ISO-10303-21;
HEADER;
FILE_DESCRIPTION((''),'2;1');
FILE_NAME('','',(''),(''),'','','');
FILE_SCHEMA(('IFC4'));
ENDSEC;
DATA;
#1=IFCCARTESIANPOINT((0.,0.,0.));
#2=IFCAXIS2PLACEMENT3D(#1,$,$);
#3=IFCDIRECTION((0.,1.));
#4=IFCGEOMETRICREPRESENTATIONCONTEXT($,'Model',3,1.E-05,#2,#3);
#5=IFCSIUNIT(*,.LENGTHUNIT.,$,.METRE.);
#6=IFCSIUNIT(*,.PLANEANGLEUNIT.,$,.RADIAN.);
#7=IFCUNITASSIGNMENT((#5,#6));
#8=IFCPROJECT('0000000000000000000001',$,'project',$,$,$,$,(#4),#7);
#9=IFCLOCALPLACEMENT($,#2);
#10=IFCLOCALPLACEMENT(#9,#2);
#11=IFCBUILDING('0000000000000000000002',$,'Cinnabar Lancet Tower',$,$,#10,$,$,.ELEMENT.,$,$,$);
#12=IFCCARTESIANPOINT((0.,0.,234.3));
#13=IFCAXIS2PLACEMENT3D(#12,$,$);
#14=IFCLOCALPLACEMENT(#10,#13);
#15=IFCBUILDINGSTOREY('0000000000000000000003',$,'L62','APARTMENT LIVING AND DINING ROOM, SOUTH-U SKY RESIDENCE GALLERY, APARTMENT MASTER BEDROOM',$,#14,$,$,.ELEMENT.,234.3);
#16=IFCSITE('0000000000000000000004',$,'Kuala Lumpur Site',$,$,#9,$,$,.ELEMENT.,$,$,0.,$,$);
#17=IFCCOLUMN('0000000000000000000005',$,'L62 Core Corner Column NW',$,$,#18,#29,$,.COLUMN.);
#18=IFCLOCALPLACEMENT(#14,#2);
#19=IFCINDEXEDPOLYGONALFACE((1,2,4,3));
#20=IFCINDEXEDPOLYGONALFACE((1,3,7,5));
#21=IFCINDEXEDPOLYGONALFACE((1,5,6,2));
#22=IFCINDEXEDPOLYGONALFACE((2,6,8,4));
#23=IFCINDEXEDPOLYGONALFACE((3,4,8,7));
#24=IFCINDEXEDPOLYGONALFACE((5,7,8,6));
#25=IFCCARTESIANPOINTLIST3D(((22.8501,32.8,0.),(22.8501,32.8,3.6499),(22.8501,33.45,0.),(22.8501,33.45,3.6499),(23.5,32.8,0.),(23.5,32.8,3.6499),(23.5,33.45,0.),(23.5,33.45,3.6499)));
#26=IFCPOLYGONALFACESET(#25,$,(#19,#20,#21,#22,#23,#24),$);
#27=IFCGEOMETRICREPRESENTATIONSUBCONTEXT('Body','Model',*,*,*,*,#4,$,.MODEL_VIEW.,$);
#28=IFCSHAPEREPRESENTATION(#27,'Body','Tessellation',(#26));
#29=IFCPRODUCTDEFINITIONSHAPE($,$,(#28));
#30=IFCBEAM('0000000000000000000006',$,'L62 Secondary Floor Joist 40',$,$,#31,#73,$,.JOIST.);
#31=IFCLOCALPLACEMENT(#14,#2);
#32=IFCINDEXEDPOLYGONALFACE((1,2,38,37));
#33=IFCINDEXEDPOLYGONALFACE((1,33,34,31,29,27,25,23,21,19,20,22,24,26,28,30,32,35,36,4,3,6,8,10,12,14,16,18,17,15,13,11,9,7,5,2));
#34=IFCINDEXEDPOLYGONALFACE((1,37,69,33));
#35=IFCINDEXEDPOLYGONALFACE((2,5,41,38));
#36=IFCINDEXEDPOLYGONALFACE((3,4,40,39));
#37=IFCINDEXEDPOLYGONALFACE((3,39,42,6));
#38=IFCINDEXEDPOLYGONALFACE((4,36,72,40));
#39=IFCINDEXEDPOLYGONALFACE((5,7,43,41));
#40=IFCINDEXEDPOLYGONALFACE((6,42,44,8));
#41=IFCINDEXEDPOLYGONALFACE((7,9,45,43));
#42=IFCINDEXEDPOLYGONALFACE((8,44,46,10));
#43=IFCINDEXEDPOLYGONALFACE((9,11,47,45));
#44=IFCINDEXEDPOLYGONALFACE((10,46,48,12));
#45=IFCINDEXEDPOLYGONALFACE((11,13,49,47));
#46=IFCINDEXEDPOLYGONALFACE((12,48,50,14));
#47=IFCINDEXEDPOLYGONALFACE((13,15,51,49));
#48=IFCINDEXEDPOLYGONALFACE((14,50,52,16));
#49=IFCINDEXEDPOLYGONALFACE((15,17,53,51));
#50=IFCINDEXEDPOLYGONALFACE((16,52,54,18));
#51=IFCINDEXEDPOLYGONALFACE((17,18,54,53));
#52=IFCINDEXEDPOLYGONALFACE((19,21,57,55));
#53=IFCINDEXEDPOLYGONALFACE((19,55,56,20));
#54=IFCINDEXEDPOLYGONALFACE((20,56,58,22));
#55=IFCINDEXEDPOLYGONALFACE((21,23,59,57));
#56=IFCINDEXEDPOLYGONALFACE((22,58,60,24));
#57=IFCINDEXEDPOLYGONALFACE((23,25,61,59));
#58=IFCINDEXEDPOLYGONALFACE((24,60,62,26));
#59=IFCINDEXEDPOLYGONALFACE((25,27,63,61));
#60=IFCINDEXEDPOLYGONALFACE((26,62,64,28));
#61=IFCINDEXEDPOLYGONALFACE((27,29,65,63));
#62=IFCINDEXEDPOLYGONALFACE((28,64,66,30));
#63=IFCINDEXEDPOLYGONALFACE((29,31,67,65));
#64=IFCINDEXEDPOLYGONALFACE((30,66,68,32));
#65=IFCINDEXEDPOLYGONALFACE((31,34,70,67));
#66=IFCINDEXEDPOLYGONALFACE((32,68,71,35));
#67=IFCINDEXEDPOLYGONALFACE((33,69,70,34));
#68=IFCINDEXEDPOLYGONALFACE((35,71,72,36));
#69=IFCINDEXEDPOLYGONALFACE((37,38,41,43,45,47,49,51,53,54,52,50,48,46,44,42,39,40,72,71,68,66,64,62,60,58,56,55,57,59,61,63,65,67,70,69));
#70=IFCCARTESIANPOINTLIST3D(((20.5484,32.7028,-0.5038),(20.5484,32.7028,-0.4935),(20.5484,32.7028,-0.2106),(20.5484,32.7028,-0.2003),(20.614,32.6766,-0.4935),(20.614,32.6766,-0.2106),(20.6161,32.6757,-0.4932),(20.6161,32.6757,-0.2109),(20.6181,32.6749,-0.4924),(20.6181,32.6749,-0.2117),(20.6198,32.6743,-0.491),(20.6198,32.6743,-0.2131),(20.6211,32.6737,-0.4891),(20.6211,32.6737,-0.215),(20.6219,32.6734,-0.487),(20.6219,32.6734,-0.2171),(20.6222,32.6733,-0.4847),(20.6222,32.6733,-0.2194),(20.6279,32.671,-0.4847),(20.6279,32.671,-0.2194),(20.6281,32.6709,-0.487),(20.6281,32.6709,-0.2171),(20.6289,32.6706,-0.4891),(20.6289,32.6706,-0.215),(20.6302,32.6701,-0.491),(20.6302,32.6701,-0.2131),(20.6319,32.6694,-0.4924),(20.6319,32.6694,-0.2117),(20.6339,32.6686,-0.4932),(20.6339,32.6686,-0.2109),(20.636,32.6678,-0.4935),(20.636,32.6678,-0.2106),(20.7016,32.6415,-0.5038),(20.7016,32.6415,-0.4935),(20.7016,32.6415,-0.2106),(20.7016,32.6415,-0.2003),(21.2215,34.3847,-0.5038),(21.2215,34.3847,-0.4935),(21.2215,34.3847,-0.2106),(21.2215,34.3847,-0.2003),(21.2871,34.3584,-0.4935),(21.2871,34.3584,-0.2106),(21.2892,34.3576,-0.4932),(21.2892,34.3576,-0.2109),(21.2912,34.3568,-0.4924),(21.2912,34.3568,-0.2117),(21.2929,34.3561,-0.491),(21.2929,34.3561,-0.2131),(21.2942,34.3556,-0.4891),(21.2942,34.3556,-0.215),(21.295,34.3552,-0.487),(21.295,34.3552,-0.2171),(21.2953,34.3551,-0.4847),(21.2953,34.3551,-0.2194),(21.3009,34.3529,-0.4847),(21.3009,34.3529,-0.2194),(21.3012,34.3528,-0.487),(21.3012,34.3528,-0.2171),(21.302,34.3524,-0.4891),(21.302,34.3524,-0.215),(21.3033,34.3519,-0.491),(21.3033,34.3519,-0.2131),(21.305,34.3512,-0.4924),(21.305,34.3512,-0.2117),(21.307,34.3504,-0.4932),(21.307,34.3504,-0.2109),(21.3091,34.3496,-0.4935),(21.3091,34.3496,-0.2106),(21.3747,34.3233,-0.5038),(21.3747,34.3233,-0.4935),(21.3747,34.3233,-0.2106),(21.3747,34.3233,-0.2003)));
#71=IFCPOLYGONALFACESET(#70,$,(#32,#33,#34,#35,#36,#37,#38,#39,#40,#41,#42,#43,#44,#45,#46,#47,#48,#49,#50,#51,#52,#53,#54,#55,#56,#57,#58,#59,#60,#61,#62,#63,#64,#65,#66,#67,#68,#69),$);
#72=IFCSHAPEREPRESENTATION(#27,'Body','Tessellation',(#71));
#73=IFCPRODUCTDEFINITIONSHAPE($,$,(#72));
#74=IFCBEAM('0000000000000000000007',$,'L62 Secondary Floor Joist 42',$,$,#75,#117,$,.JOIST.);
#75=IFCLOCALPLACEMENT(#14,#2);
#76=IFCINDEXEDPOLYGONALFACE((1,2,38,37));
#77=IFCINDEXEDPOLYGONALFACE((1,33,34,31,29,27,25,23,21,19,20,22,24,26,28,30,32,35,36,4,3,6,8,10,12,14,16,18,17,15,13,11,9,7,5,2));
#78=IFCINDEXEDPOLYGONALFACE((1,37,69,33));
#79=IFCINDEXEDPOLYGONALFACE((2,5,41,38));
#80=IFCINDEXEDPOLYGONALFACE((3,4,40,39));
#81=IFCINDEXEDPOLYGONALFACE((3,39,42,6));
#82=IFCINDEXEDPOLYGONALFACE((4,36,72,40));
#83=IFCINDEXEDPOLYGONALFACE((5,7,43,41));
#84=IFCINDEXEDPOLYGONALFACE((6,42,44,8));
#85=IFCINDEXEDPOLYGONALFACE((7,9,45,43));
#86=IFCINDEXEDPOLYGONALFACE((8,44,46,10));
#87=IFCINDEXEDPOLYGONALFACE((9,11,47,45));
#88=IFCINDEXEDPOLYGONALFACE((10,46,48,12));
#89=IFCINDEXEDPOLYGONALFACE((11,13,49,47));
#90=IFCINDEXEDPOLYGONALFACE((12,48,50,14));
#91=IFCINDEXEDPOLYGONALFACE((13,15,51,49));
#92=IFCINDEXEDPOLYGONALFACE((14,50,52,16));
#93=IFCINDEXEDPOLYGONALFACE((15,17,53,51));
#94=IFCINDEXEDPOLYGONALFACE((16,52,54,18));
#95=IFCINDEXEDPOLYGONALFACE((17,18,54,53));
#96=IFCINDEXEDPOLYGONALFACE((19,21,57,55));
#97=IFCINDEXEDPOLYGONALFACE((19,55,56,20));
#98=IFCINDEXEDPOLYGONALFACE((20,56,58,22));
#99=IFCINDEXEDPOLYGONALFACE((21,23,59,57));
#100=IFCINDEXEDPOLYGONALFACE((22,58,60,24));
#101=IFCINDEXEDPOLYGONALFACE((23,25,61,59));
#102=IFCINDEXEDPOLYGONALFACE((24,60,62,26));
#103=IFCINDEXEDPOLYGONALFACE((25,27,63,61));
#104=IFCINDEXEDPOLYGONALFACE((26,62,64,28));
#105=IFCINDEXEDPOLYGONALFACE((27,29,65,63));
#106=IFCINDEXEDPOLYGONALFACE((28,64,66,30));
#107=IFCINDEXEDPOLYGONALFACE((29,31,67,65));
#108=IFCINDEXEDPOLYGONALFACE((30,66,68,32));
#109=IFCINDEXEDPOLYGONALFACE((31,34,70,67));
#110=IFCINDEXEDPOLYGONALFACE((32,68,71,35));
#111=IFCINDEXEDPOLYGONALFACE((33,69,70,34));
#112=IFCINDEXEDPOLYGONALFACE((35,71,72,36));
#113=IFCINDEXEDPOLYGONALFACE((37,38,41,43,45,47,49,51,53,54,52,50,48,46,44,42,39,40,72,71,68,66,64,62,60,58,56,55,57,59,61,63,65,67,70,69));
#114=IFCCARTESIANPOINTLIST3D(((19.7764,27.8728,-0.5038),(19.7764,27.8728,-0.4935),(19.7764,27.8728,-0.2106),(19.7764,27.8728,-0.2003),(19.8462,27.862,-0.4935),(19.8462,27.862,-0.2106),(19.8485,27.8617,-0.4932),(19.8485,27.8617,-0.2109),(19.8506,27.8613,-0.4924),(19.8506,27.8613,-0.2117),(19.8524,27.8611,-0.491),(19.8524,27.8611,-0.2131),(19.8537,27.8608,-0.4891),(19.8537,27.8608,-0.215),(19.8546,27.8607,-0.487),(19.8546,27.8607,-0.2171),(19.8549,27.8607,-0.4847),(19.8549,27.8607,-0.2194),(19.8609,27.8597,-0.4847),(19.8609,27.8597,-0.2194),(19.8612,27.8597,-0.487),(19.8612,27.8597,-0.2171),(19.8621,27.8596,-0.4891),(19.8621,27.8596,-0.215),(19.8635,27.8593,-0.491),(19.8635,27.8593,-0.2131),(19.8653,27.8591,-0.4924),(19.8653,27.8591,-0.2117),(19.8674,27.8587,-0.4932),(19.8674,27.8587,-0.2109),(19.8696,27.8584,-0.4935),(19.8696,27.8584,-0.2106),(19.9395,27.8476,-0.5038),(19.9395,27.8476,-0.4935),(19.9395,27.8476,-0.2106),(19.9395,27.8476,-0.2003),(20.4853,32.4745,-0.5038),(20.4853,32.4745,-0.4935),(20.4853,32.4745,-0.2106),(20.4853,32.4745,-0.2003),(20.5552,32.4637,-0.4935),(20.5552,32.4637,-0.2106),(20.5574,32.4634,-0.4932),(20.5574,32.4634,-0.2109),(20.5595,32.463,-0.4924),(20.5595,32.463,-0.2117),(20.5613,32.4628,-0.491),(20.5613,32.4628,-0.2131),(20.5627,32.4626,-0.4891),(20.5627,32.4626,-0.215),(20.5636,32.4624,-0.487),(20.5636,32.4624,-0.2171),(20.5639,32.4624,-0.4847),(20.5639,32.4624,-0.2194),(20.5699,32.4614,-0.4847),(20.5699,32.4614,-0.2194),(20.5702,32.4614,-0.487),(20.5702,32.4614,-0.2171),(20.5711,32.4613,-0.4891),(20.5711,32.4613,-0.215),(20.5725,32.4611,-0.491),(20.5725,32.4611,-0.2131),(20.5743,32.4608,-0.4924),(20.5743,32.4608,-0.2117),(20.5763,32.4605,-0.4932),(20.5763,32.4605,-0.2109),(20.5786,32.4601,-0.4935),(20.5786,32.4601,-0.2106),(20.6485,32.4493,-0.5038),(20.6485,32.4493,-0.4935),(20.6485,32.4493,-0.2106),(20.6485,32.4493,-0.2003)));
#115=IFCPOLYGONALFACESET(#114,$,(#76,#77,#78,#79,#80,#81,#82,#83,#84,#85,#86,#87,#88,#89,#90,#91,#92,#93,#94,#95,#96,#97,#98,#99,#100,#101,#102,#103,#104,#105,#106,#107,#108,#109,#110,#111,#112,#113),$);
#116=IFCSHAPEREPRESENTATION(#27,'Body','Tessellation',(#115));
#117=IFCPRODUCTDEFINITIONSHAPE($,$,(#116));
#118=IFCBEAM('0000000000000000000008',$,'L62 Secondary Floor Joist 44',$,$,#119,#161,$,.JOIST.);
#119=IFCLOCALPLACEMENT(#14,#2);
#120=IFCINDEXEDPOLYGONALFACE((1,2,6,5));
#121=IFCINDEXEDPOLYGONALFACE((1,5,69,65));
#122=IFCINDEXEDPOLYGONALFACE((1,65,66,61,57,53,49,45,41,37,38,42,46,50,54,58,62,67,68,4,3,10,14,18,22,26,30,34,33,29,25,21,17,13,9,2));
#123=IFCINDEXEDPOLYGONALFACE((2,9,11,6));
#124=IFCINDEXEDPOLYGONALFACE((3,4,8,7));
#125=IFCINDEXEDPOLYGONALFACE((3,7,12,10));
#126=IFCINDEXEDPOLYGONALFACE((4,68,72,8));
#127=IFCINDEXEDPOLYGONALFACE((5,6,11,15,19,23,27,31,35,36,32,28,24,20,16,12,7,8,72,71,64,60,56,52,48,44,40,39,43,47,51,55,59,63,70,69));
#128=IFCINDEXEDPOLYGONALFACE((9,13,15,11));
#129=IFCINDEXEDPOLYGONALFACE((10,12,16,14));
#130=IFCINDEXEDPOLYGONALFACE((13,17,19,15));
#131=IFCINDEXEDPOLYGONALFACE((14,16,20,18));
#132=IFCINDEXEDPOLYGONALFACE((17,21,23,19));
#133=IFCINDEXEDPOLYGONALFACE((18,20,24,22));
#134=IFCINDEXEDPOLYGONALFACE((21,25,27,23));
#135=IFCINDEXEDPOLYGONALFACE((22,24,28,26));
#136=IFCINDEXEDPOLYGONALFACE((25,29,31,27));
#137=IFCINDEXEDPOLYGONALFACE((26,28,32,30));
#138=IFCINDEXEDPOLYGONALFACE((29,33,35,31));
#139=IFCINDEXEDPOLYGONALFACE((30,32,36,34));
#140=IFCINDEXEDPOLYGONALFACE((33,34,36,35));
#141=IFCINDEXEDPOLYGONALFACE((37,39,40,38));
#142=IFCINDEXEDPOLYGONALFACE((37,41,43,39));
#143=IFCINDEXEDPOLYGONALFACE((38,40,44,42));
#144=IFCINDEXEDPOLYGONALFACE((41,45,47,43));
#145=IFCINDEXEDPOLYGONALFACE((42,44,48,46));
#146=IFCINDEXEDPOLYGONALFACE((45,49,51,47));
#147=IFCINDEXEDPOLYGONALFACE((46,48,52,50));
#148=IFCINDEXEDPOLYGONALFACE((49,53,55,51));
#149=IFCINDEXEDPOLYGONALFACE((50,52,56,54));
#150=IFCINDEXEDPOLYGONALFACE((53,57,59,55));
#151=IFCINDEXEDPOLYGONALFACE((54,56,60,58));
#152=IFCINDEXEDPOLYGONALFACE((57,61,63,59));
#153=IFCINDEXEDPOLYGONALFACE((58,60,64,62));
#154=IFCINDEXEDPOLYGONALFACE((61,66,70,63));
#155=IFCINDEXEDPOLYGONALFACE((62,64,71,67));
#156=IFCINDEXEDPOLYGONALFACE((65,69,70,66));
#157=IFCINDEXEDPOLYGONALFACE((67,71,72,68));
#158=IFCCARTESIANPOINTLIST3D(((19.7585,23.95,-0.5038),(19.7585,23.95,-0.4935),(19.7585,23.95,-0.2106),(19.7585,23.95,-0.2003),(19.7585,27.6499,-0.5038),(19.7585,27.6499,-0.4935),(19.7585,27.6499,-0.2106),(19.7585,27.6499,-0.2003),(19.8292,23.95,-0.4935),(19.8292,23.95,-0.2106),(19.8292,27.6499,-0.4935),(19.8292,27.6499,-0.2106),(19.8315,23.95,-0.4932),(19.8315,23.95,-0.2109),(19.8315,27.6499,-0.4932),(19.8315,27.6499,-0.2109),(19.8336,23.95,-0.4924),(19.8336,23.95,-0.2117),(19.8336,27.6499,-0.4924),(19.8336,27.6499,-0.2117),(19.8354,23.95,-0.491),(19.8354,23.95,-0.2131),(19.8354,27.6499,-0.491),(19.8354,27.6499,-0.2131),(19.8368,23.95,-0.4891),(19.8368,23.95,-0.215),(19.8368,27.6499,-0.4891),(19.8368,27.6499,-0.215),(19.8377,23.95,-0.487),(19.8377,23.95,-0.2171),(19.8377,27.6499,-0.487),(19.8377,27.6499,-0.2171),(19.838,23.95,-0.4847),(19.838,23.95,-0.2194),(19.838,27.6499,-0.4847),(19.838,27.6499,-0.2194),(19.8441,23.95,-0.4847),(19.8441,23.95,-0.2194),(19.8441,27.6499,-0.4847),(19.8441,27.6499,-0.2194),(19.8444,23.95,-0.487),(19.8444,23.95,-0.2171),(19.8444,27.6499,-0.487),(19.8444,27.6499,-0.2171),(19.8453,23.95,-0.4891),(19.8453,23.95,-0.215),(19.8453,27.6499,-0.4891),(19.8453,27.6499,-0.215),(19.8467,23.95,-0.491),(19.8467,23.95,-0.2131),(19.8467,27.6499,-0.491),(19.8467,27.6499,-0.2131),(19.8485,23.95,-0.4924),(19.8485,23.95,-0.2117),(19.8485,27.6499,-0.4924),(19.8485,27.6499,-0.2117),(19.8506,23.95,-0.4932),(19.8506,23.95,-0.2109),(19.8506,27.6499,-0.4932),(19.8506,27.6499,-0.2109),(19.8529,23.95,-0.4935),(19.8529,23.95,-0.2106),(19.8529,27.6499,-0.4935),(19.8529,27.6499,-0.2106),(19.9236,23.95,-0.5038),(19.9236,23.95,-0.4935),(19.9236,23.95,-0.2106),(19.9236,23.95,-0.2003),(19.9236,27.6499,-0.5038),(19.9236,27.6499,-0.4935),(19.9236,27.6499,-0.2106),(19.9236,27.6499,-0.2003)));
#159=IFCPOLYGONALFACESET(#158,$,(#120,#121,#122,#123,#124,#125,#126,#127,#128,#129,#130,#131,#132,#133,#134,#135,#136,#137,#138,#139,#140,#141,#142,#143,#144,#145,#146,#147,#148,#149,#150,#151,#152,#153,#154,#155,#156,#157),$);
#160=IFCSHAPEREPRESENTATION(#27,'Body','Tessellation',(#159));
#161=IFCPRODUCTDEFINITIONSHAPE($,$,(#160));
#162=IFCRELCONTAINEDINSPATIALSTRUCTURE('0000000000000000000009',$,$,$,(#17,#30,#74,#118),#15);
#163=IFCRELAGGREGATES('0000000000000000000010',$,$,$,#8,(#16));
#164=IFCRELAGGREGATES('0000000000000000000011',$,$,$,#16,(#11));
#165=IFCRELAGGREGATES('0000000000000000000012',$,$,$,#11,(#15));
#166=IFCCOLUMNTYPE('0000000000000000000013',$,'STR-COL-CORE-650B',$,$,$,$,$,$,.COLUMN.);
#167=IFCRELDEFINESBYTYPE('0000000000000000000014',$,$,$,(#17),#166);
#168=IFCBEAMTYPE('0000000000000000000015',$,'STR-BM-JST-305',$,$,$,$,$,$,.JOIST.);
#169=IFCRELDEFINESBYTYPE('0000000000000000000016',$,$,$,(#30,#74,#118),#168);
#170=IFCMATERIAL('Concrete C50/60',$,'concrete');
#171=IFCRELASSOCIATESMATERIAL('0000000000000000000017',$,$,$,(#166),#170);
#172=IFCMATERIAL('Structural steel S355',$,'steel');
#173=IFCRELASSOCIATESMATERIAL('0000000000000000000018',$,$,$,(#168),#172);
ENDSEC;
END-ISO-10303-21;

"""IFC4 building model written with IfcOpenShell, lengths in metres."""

from ifc_helpers import new_model, si_unit, direction, frame, origin, origin_2d, place, context, subcontext, project, spatial, rectangle, i_section, extrude, material, material_profile, profile_set, type_object, element, save


model = new_model("IFC4")

# Units and contexts
model_context = context("Model", 3, precision=1e-05, world=origin(), true_north=direction((0.0, 1.0)))
body_context = subcontext(model_context, "Body", "Model", "MODEL_VIEW")
ifc_project = project(units=[si_unit("LENGTHUNIT", "METRE"), si_unit("PLANEANGLEUNIT", "RADIAN")], contexts=[model_context])

# Site, building, storey
site_placement = place(None, origin())
site = spatial("IfcSite", under=ifc_project, at=site_placement, Name="Kuala Lumpur Site", CompositionType="ELEMENT", RefElevation=0.0)
building_placement = place(site_placement, origin())
building = spatial("IfcBuilding", under=site, at=building_placement, Name="Cinnabar Lancet Tower", CompositionType="ELEMENT")
storey_placement = place(building_placement, frame((0.0, 0.0, 234.3)))
storey = spatial("IfcBuildingStorey", under=building, at=storey_placement, Name="L62", Description="APARTMENT LIVING AND DINING ROOM, SOUTH-U SKY RESIDENCE GALLERY, APARTMENT MASTER BEDROOM", CompositionType="ELEMENT", Elevation=234.3)

# Column
ifc_material_1 = material(Name="Concrete C50/60", Category="concrete")
ifc_material_profile_1 = material_profile(ifc_material_1, rectangle(XDim=0.6499, YDim=0.6499, at=origin_2d()), Name="RC-COL 650x650")
ifc_profile_set_1 = profile_set([ifc_material_profile_1], Name="Concrete C50/60")
column_type = type_object("IfcColumnType", Name="STR-COL-CORE-650B", PredefinedType="COLUMN", material=ifc_profile_set_1)
column_placement = place(storey_placement, frame((23.175, 33.125, 0.0), z_axis=(0.0, 0.0, 1.0), x_axis=(1.0, 0.0, 0.0)))
element("IfcColumn", 1, at=column_placement, inside=storey, type_object=column_type, Name="L62 Core Corner Column NW", PredefinedType="COLUMN", context=body_context, shape_type="SweptSolid", body=[
    extrude(rectangle(XDim=0.6499, YDim=0.6499, at=origin_2d()), origin(), (0.0, 0.0, 1.0), 3.6499),
])

# Beams
ifc_material_2 = material(Name="Structural steel S355", Category="steel")
ifc_material_profile_2 = material_profile(ifc_material_2, i_section(OverallWidth=0.165, OverallDepth=0.3035, WebThickness=0.0061, FlangeThickness=0.0103, FilletRadius=0.0088, at=origin_2d()), Name="UKB 305x165x40")
ifc_profile_set_2 = profile_set([ifc_material_profile_2], Name="Structural steel S355")
beam_type_1 = type_object("IfcBeamType", Name="STR-BM-JST-305", PredefinedType="JOIST", material=ifc_profile_set_2)
beam_1_placement = place(storey_placement, frame((21.2981, 34.354, -0.3521), z_axis=(-0.371553, -0.928412, 0.0), x_axis=(0.928412, -0.371553, 0.0)))
element("IfcBeam", 2, at=beam_1_placement, inside=storey, type_object=beam_type_1, Name="L62 Secondary Floor Joist 40", PredefinedType="JOIST", context=body_context, shape_type="SweptSolid", body=[
    extrude(i_section(OverallWidth=0.165, OverallDepth=0.3035, WebThickness=0.0061, FlangeThickness=0.0103, FilletRadius=0.0088, at=origin_2d()), origin(), (0.0, 0.0, 1.0), 1.8115),
])
beam_2_placement = place(storey_placement, frame((20.5669, 32.4619, -0.3521), z_axis=(-0.15227, -0.988339, 0.0), x_axis=(0.988339, -0.15227, 0.0)))
element("IfcBeam", 3, at=beam_2_placement, inside=storey, type_object=beam_type_1, Name="L62 Secondary Floor Joist 42", PredefinedType="JOIST", context=body_context, shape_type="SweptSolid", body=[
    extrude(i_section(OverallWidth=0.165, OverallDepth=0.3035, WebThickness=0.0061, FlangeThickness=0.0103, FilletRadius=0.0088, at=origin_2d()), origin(), (0.0, 0.0, 1.0), 4.656),
])
beam_3_placement = place(storey_placement, frame((19.8411, 27.6499, -0.3521), z_axis=(0.0, -1.0, 0.0), x_axis=(1.0, 0.0, 0.0)))
element("IfcBeam", 4, at=beam_3_placement, inside=storey, type_object=beam_type_1, Name="L62 Secondary Floor Joist 44", PredefinedType="JOIST", context=body_context, shape_type="SweptSolid", body=[
    extrude(i_section(OverallWidth=0.165, OverallDepth=0.3035, WebThickness=0.0061, FlangeThickness=0.0103, FilletRadius=0.0088, at=origin_2d()), origin(), (0.0, 0.0, 1.0), 3.7),
])

save(model, "model.ifc")
